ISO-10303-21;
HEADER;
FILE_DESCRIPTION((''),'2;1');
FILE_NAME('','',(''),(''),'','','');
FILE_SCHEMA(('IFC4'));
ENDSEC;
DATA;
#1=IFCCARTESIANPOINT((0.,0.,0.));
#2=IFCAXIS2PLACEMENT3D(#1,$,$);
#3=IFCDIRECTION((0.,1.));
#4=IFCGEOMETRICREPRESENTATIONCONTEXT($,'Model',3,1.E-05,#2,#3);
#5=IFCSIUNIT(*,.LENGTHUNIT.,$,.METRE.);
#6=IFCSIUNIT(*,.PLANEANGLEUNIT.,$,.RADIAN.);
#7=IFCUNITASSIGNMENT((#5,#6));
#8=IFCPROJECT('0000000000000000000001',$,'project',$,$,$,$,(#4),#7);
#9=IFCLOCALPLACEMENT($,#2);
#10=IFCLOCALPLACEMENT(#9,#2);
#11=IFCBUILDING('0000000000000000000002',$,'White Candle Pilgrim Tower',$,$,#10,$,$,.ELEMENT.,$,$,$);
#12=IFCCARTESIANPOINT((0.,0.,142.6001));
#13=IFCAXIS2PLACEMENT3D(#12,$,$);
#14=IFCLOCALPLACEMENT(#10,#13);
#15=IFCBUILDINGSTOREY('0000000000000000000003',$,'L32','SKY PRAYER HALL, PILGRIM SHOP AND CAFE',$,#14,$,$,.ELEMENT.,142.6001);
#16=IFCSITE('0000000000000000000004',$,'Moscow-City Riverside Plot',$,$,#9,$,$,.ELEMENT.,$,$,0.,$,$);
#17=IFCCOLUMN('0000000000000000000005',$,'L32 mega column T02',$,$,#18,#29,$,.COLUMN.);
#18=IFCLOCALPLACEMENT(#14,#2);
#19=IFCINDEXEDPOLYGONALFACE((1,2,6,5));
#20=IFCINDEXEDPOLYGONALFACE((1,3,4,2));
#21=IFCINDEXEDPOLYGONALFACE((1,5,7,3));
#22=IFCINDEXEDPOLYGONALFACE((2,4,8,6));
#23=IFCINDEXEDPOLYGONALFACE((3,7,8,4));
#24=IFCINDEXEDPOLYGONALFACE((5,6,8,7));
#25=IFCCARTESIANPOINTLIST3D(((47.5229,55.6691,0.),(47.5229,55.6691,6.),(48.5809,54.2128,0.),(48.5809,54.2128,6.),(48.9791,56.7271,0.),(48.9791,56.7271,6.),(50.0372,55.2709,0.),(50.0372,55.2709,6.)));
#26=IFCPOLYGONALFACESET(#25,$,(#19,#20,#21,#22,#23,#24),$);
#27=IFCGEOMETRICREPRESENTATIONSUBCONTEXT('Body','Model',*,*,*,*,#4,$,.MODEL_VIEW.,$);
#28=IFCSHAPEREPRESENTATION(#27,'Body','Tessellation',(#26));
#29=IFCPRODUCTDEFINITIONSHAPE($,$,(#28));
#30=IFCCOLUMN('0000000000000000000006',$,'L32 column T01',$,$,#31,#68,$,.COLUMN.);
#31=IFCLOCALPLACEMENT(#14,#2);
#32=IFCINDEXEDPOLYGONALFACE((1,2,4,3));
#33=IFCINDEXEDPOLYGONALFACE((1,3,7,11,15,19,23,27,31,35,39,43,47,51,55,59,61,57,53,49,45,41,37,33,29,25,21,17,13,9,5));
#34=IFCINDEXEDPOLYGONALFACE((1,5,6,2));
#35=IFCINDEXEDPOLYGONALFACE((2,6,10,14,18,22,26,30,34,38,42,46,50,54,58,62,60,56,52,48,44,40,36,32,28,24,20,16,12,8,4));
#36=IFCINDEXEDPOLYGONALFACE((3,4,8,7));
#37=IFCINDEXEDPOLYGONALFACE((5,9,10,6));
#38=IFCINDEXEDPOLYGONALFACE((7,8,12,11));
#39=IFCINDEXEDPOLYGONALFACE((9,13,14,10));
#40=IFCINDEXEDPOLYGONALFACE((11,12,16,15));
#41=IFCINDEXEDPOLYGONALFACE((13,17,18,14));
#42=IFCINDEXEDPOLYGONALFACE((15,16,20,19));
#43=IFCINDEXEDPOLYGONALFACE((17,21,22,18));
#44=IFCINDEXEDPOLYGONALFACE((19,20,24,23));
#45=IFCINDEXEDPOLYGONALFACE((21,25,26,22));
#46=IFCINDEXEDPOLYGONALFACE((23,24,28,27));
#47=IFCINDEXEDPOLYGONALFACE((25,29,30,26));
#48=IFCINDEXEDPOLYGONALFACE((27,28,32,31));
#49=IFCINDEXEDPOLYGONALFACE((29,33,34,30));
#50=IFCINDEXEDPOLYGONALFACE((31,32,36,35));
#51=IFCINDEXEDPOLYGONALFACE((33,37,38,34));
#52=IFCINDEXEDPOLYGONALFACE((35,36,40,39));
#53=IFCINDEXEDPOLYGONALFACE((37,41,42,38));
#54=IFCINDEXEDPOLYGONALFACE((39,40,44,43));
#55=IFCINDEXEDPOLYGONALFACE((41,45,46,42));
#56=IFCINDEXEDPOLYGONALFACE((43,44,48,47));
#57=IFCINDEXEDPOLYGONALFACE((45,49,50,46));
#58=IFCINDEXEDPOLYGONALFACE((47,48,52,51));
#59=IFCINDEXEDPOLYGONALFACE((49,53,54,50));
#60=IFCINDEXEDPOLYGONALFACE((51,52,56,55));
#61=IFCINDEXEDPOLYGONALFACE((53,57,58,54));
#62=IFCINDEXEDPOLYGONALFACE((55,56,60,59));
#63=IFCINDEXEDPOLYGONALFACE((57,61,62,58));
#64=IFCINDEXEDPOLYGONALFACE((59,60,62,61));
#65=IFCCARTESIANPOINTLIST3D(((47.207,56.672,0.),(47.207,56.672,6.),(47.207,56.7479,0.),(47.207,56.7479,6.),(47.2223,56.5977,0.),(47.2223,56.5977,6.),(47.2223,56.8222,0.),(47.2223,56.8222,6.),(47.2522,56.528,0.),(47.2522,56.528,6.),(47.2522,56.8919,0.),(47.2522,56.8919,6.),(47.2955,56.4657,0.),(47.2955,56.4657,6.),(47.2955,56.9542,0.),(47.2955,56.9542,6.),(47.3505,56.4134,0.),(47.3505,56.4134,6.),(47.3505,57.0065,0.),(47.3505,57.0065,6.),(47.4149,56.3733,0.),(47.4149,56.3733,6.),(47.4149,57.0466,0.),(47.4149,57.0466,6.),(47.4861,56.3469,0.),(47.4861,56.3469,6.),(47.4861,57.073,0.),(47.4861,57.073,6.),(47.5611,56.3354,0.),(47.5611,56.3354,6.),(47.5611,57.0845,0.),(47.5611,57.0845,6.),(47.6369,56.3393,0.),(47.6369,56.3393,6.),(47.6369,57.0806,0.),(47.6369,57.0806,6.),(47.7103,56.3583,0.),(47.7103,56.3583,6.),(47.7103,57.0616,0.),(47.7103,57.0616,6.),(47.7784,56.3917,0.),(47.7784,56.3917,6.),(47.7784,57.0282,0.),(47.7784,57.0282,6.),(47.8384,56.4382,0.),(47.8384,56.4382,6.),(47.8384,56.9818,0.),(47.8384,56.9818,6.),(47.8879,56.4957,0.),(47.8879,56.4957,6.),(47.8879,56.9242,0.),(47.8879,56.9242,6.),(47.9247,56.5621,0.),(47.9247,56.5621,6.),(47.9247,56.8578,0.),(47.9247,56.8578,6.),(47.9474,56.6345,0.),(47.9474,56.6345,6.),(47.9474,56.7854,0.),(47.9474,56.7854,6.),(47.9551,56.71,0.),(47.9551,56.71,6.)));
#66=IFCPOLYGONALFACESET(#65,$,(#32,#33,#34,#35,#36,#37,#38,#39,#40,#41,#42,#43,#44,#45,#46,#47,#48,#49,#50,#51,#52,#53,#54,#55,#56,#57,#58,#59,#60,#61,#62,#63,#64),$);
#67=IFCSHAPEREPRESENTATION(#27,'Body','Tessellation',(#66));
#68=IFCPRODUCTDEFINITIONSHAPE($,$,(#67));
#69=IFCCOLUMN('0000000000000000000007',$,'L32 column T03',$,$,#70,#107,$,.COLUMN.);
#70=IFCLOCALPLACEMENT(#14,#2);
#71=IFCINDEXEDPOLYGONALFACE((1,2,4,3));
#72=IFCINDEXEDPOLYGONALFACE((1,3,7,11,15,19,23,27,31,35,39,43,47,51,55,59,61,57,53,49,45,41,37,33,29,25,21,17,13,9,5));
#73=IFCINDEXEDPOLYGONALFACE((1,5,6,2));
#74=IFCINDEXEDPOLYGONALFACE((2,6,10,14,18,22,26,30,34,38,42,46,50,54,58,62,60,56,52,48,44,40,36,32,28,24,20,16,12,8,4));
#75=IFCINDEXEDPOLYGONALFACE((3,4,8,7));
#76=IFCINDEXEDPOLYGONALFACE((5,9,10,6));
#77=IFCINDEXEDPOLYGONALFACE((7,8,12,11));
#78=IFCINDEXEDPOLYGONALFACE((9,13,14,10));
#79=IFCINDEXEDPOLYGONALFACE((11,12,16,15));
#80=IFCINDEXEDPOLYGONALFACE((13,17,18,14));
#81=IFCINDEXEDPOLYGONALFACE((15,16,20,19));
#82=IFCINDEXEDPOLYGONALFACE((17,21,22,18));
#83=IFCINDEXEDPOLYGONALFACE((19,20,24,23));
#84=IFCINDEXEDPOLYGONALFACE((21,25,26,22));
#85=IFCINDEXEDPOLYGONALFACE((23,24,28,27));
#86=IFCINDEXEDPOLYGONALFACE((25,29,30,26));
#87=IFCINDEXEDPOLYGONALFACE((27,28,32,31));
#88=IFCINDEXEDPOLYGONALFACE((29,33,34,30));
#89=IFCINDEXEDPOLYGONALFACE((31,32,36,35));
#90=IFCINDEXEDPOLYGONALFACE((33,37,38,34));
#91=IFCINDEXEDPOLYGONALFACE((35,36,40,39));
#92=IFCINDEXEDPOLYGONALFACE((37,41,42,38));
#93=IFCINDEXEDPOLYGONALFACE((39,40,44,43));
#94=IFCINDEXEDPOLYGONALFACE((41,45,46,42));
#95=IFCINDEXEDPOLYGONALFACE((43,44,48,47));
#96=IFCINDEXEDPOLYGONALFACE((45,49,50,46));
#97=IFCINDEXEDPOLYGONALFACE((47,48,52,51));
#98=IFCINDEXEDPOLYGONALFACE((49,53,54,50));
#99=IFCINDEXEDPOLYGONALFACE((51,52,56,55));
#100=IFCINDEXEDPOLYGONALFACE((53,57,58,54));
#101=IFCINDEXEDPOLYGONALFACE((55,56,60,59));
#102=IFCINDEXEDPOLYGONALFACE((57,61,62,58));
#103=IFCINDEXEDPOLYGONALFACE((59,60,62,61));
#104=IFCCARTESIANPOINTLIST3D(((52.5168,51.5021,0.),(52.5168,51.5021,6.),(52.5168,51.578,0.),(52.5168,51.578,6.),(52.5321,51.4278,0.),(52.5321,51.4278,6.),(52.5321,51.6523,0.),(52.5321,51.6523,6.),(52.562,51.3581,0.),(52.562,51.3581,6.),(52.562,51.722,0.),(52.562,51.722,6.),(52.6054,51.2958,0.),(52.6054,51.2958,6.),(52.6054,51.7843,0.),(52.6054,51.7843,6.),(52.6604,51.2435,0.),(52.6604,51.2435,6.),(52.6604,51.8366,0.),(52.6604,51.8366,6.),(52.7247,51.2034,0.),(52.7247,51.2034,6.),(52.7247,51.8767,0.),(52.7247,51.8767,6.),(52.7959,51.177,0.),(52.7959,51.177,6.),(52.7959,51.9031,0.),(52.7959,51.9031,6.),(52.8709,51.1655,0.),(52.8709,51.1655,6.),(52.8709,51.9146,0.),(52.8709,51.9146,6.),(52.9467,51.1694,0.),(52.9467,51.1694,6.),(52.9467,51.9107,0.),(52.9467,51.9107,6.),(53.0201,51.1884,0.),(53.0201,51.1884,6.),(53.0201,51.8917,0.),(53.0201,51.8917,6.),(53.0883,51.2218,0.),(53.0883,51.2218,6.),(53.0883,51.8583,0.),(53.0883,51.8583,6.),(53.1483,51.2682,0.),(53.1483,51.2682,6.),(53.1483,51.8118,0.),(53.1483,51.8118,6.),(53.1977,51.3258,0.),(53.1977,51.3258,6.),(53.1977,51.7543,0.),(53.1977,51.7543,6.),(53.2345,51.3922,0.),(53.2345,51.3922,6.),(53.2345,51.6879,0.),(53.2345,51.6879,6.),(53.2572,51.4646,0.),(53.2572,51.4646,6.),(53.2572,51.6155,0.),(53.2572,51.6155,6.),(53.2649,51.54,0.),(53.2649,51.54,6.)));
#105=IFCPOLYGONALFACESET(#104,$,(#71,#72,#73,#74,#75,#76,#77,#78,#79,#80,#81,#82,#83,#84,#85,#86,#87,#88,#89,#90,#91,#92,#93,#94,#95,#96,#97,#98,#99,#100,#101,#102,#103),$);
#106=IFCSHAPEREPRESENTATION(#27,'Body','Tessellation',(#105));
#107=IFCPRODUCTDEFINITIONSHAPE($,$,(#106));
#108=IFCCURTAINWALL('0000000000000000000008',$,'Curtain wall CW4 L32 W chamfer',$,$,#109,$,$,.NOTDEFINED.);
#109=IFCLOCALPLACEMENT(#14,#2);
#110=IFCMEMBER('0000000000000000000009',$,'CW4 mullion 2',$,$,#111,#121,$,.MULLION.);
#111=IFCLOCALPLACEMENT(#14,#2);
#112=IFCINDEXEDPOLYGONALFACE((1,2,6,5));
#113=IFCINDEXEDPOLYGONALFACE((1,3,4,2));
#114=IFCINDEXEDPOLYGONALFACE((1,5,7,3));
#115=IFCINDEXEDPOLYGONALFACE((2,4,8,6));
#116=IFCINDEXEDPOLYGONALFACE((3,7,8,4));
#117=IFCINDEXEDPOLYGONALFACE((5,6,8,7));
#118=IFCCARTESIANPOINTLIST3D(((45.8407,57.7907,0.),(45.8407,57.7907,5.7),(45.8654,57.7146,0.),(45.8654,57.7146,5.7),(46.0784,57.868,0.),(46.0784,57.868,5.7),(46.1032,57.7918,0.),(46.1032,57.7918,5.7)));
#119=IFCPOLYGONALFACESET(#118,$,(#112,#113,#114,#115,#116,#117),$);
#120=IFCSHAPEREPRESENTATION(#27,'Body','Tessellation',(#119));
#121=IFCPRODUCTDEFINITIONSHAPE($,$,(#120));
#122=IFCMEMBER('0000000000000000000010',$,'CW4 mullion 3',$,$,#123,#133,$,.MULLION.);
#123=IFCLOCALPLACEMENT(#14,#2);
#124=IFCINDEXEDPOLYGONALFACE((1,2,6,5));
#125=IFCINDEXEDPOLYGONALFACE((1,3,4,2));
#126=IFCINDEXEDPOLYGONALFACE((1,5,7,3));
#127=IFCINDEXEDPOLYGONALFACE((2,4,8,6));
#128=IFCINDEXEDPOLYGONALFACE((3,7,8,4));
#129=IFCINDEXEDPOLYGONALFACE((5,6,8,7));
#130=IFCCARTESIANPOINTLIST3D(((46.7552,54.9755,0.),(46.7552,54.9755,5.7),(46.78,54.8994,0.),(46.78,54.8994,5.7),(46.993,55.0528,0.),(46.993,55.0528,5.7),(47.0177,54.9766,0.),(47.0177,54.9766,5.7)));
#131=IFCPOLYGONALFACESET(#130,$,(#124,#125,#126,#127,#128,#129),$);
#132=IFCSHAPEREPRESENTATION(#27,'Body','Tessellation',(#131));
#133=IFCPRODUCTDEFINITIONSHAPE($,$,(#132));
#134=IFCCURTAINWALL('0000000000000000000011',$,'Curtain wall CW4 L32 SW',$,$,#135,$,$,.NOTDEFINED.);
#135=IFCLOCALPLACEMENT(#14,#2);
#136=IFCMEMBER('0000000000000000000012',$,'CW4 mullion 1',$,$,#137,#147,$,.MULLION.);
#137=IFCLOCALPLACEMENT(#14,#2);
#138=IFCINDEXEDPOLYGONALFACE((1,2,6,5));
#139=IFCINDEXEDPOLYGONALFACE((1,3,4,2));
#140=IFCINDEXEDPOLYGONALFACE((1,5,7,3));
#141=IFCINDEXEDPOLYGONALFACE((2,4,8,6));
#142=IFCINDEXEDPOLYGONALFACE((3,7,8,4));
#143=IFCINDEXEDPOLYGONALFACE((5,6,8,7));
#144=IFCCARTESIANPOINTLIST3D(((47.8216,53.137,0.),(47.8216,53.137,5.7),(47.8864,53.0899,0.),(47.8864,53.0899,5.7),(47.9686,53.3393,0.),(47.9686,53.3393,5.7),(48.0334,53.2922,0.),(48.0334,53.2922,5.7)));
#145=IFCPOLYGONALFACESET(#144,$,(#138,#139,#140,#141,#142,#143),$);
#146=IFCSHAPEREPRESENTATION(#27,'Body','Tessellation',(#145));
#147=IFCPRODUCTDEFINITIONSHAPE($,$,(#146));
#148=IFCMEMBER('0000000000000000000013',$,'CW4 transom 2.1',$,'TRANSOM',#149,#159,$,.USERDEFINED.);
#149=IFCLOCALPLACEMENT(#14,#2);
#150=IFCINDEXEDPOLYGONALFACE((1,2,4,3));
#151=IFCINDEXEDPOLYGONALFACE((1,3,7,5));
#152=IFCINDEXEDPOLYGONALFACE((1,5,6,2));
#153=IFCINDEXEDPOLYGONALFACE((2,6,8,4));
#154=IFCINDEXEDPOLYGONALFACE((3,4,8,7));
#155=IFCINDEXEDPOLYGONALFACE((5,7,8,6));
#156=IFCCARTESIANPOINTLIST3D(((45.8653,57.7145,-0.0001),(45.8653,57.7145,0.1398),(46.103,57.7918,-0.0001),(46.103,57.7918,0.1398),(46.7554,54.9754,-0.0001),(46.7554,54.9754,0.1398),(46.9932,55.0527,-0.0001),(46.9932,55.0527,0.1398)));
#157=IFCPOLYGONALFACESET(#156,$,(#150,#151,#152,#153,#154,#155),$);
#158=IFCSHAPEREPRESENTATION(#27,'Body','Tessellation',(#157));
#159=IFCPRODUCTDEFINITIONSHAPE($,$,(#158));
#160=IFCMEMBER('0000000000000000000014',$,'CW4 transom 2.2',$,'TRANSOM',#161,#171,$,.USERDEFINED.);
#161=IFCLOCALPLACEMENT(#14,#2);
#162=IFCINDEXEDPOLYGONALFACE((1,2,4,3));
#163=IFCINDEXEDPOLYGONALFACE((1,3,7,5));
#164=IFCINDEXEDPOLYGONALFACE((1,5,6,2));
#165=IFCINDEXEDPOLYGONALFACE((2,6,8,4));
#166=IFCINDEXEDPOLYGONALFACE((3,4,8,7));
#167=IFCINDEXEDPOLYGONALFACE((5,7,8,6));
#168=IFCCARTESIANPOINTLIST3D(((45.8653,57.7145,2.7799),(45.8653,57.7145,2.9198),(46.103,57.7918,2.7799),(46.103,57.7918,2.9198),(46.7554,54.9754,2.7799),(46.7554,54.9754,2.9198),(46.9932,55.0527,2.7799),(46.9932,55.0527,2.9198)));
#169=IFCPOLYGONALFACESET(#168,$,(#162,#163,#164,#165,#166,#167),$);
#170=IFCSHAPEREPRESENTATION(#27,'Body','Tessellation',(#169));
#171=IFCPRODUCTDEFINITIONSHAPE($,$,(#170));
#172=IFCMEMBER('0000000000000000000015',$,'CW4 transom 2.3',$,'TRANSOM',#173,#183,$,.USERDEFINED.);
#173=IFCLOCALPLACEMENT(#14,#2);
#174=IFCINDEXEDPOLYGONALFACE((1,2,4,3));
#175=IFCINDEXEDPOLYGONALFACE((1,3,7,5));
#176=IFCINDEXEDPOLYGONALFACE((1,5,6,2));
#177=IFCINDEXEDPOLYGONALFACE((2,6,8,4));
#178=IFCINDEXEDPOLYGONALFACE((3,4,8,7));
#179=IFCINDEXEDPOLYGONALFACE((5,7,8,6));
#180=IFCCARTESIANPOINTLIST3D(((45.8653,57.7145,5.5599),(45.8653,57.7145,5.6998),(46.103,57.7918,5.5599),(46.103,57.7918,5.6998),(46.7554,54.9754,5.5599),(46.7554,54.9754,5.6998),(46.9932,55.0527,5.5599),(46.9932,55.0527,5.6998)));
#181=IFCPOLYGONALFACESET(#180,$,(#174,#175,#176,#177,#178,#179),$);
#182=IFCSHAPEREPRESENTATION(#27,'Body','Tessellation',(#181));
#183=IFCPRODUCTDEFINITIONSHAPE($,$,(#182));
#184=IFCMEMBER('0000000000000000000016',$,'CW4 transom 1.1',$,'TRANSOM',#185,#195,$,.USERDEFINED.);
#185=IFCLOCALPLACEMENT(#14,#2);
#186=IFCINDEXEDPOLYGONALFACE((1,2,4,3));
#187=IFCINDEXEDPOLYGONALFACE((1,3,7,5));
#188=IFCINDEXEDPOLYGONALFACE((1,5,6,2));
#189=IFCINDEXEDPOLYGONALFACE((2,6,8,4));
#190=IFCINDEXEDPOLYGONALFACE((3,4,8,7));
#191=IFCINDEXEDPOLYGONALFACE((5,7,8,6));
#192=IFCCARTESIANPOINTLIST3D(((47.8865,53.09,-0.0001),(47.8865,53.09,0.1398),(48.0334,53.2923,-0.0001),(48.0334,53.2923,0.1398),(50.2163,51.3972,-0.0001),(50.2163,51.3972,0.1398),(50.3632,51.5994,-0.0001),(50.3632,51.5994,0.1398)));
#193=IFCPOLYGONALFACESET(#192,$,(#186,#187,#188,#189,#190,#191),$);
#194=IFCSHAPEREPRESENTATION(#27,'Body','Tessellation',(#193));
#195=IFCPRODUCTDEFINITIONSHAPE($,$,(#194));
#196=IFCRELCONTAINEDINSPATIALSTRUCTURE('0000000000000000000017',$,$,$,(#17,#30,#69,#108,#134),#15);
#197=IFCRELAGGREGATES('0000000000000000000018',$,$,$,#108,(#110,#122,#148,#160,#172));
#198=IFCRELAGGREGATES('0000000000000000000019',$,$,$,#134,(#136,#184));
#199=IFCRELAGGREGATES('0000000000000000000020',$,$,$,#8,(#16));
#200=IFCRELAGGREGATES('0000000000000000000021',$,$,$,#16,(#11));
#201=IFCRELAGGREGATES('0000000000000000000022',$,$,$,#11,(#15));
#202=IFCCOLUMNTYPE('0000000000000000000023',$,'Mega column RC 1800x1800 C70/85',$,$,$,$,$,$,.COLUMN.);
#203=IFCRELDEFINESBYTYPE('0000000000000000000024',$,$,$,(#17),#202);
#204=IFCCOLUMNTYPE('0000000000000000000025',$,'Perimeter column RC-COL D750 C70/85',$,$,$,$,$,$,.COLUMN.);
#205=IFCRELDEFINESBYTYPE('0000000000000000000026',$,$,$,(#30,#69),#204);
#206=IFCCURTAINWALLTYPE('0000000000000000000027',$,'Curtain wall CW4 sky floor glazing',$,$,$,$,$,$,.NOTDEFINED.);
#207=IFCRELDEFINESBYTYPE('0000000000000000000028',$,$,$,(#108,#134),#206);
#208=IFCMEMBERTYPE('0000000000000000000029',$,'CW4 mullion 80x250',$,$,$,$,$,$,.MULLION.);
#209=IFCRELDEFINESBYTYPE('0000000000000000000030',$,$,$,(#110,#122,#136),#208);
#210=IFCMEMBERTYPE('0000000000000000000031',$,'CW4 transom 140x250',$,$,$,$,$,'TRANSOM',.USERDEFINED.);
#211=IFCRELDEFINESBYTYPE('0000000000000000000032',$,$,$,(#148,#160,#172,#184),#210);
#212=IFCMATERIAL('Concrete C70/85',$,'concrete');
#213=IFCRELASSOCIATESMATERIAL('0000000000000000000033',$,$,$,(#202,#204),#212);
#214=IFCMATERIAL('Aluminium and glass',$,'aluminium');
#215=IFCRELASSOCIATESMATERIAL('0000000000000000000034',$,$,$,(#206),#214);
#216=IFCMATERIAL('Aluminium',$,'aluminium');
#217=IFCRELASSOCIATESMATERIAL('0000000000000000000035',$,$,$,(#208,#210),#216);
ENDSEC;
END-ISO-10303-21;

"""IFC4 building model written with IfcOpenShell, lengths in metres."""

from ifc_helpers import new_model, si_unit, direction, frame, origin, origin_2d, place, context, subcontext, project, spatial, rectangle, circle, extrude, material, material_profile, profile_set, type_object, element, aggregate, save


model = new_model("IFC4")

# Units and contexts
model_context = context("Model", 3, precision=1e-05, world=origin(), true_north=direction((0.0, 1.0)))
body_context = subcontext(model_context, "Body", "Model", "MODEL_VIEW")
ifc_project = project(units=[si_unit("LENGTHUNIT", "METRE"), si_unit("PLANEANGLEUNIT", "RADIAN")], contexts=[model_context])

# Site, building, storey
site_placement = place(None, origin())
site = spatial("IfcSite", under=ifc_project, at=site_placement, Name="Moscow-City Riverside Plot", CompositionType="ELEMENT", RefElevation=0.0)
building_placement = place(site_placement, origin())
building = spatial("IfcBuilding", under=site, at=building_placement, Name="White Candle Pilgrim Tower", CompositionType="ELEMENT")
storey_placement = place(building_placement, frame((0.0, 0.0, 142.6001)))
storey = spatial("IfcBuildingStorey", under=building, at=storey_placement, Name="L32", Description="SKY PRAYER HALL, PILGRIM SHOP AND CAFE", CompositionType="ELEMENT", Elevation=142.6001)

# Columns
ifc_material_1 = material(Name="Concrete C70/85", Category="concrete")
ifc_material_profile_1 = material_profile(ifc_material_1, rectangle(XDim=1.8, YDim=1.8, at=origin_2d()), Name="RC 1800x1800")
ifc_profile_set_1 = profile_set([ifc_material_profile_1], Name="Concrete C70/85")
column_type_1 = type_object("IfcColumnType", Name="Mega column RC 1800x1800 C70/85", PredefinedType="COLUMN", material=ifc_profile_set_1)
column_placement = place(storey_placement, frame((48.78, 55.47, 0.0), z_axis=(0.0, 0.0, 1.0), x_axis=(-0.809017, -0.587785, 0.0)))
element("IfcColumn", 1, at=column_placement, inside=storey, type_object=column_type_1, Name="L32 mega column T02", PredefinedType="COLUMN", context=body_context, shape_type="SweptSolid", body=[
    extrude(rectangle(XDim=1.8, YDim=1.8, at=origin_2d()), origin(), (0.0, 0.0, 1.0), 6.0),
])
ifc_material_profile_2 = material_profile(ifc_material_1, circle(Radius=0.375, at=origin_2d()), Name="RC-COL D750")
ifc_profile_set_2 = profile_set([ifc_material_profile_2], Name="Concrete C70/85")
column_type_2 = type_object("IfcColumnType", Name="Perimeter column RC-COL D750 C70/85", PredefinedType="COLUMN", material=ifc_profile_set_2)
for number, where, z_axis, x_axis, name in (
    (2, (47.5801, 56.71, 0.0), (0.0, 0.0, 1.0), (1.0, 0.0, 0.0), "L32 column T01"),
    (3, (52.8899, 51.54, 0.0), (0.0, 0.0, 1.0), (1.0, 0.0, 0.0), "L32 column T03"),
):
    element("IfcColumn", number, at=place(storey_placement, frame(where, z_axis=z_axis, x_axis=x_axis)), inside=storey, type_object=column_type_2, Name=name, PredefinedType="COLUMN", context=body_context, shape_type="SweptSolid", body=[
        extrude(circle(Radius=0.375, at=origin_2d()), origin(), (0.0, 0.0, 1.0), 6.0),
    ])

# Curtain wall, members
ifc_material_2 = material(Name="Aluminium and glass", Category="aluminium")
curtain_wall_type = type_object("IfcCurtainWallType", Name="Curtain wall CW4 sky floor glazing", PredefinedType="NOTDEFINED", material=ifc_material_2)
curtain_wall_1_placement = place(storey_placement, origin())
curtain_wall_1 = element("IfcCurtainWall", 4, at=curtain_wall_1_placement, inside=storey, type_object=curtain_wall_type, Name="Curtain wall CW4 L32 W chamfer", PredefinedType="NOTDEFINED")
ifc_material_3 = material(Name="Aluminium", Category="aluminium")
ifc_material_profile_3 = material_profile(ifc_material_3, rectangle(XDim=0.25, YDim=0.0801, at=origin_2d()), Name="CW4 mullion 80x250")
ifc_profile_set_3 = profile_set([ifc_material_profile_3], Name="Aluminium")
member_type_1 = type_object("IfcMemberType", Name="CW4 mullion 80x250", PredefinedType="MULLION", material=ifc_profile_set_3)
member_1_placement = place(storey_placement, frame((45.9719, 57.7913, 0.0), z_axis=(0.0, 0.0, 1.0), x_axis=(0.951057, 0.309017, 0.0)))
member_1 = element("IfcMember", 5, at=member_1_placement, type_object=member_type_1, Name="CW4 mullion 2", PredefinedType="MULLION", context=body_context, shape_type="SweptSolid", body=[
    extrude(rectangle(XDim=0.25, YDim=0.0801, at=origin_2d()), origin(), (0.0, 0.0, 1.0), 5.7),
])
member_2_placement = place(storey_placement, frame((46.8865, 54.9761, 0.0), z_axis=(0.0, 0.0, 1.0), x_axis=(0.951057, 0.309017, 0.0)))
member_2 = element("IfcMember", 6, at=member_2_placement, type_object=member_type_1, Name="CW4 mullion 3", PredefinedType="MULLION", context=body_context, shape_type="SweptSolid", body=[
    extrude(rectangle(XDim=0.25, YDim=0.0801, at=origin_2d()), origin(), (0.0, 0.0, 1.0), 5.7),
])

# Curtain wall, member
curtain_wall_2_placement = place(storey_placement, origin())
curtain_wall_2 = element("IfcCurtainWall", 7, at=curtain_wall_2_placement, inside=storey, type_object=curtain_wall_type, Name="Curtain wall CW4 L32 SW", PredefinedType="NOTDEFINED")
member_3_placement = place(storey_placement, frame((47.9275, 53.2146, 0.0), z_axis=(0.0, 0.0, 1.0), x_axis=(0.587785, 0.809017, 0.0)))
member_3 = element("IfcMember", 8, at=member_3_placement, type_object=member_type_1, Name="CW4 mullion 1", PredefinedType="MULLION", context=body_context, shape_type="SweptSolid", body=[
    extrude(rectangle(XDim=0.25, YDim=0.0801, at=origin_2d()), origin(), (0.0, 0.0, 1.0), 5.7),
])

# Members
ifc_material_profile_4 = material_profile(ifc_material_3, rectangle(XDim=0.25, YDim=0.1399, at=origin_2d()), Name="CW4 transom 140x250")
ifc_profile_set_4 = profile_set([ifc_material_profile_4], Name="Aluminium")
member_type_2 = type_object("IfcMemberType", Name="CW4 transom 140x250", ElementType="TRANSOM", PredefinedType="USERDEFINED", material=ifc_profile_set_4)
member_4_placement = place(storey_placement, frame((45.9841, 57.7532, 0.0698), z_axis=(0.309073, -0.951038, 0.0), x_axis=(0.951038, 0.309073, 0.0)))
member_4 = element("IfcMember", 9, at=member_4_placement, type_object=member_type_2, Name="CW4 transom 2.1", ObjectType="TRANSOM", PredefinedType="USERDEFINED", context=body_context, shape_type="SweptSolid", body=[
    extrude(rectangle(XDim=0.25, YDim=0.1399, at=origin_2d()), origin(), (0.0, 0.0, 1.0), 2.8801),
])
member_5_placement = place(storey_placement, frame((45.9841, 57.7532, 2.8499), z_axis=(0.309073, -0.951038, 0.0), x_axis=(0.951038, 0.309073, 0.0)))
member_5 = element("IfcMember", 10, at=member_5_placement, type_object=member_type_2, Name="CW4 transom 2.2", ObjectType="TRANSOM", PredefinedType="USERDEFINED", context=body_context, shape_type="SweptSolid", body=[
    extrude(rectangle(XDim=0.25, YDim=0.1399, at=origin_2d()), origin(), (0.0, 0.0, 1.0), 2.8801),
])
member_6_placement = place(storey_placement, frame((45.9841, 57.7532, 5.6299), z_axis=(0.309073, -0.951038, 0.0), x_axis=(0.951038, 0.309073, 0.0)))
member_6 = element("IfcMember", 11, at=member_6_placement, type_object=member_type_2, Name="CW4 transom 2.3", ObjectType="TRANSOM", PredefinedType="USERDEFINED", context=body_context, shape_type="SweptSolid", body=[
    extrude(rectangle(XDim=0.25, YDim=0.1399, at=origin_2d()), origin(), (0.0, 0.0, 1.0), 2.8801),
])
member_7_placement = place(storey_placement, frame((47.96, 53.1912, 0.0698), z_axis=(0.808993, -0.587819, 0.0), x_axis=(0.587819, 0.808993, 0.0)))
member_7 = element("IfcMember", 12, at=member_7_placement, type_object=member_type_2, Name="CW4 transom 1.1", ObjectType="TRANSOM", PredefinedType="USERDEFINED", context=body_context, shape_type="SweptSolid", body=[
    extrude(rectangle(XDim=0.25, YDim=0.1399, at=origin_2d()), origin(), (0.0, 0.0, 1.0), 2.8799),
])

aggregate(curtain_wall_1, [member_1, member_2, member_4, member_5, member_6])
aggregate(curtain_wall_2, [member_3, member_7])

save(model, "model.ifc")
